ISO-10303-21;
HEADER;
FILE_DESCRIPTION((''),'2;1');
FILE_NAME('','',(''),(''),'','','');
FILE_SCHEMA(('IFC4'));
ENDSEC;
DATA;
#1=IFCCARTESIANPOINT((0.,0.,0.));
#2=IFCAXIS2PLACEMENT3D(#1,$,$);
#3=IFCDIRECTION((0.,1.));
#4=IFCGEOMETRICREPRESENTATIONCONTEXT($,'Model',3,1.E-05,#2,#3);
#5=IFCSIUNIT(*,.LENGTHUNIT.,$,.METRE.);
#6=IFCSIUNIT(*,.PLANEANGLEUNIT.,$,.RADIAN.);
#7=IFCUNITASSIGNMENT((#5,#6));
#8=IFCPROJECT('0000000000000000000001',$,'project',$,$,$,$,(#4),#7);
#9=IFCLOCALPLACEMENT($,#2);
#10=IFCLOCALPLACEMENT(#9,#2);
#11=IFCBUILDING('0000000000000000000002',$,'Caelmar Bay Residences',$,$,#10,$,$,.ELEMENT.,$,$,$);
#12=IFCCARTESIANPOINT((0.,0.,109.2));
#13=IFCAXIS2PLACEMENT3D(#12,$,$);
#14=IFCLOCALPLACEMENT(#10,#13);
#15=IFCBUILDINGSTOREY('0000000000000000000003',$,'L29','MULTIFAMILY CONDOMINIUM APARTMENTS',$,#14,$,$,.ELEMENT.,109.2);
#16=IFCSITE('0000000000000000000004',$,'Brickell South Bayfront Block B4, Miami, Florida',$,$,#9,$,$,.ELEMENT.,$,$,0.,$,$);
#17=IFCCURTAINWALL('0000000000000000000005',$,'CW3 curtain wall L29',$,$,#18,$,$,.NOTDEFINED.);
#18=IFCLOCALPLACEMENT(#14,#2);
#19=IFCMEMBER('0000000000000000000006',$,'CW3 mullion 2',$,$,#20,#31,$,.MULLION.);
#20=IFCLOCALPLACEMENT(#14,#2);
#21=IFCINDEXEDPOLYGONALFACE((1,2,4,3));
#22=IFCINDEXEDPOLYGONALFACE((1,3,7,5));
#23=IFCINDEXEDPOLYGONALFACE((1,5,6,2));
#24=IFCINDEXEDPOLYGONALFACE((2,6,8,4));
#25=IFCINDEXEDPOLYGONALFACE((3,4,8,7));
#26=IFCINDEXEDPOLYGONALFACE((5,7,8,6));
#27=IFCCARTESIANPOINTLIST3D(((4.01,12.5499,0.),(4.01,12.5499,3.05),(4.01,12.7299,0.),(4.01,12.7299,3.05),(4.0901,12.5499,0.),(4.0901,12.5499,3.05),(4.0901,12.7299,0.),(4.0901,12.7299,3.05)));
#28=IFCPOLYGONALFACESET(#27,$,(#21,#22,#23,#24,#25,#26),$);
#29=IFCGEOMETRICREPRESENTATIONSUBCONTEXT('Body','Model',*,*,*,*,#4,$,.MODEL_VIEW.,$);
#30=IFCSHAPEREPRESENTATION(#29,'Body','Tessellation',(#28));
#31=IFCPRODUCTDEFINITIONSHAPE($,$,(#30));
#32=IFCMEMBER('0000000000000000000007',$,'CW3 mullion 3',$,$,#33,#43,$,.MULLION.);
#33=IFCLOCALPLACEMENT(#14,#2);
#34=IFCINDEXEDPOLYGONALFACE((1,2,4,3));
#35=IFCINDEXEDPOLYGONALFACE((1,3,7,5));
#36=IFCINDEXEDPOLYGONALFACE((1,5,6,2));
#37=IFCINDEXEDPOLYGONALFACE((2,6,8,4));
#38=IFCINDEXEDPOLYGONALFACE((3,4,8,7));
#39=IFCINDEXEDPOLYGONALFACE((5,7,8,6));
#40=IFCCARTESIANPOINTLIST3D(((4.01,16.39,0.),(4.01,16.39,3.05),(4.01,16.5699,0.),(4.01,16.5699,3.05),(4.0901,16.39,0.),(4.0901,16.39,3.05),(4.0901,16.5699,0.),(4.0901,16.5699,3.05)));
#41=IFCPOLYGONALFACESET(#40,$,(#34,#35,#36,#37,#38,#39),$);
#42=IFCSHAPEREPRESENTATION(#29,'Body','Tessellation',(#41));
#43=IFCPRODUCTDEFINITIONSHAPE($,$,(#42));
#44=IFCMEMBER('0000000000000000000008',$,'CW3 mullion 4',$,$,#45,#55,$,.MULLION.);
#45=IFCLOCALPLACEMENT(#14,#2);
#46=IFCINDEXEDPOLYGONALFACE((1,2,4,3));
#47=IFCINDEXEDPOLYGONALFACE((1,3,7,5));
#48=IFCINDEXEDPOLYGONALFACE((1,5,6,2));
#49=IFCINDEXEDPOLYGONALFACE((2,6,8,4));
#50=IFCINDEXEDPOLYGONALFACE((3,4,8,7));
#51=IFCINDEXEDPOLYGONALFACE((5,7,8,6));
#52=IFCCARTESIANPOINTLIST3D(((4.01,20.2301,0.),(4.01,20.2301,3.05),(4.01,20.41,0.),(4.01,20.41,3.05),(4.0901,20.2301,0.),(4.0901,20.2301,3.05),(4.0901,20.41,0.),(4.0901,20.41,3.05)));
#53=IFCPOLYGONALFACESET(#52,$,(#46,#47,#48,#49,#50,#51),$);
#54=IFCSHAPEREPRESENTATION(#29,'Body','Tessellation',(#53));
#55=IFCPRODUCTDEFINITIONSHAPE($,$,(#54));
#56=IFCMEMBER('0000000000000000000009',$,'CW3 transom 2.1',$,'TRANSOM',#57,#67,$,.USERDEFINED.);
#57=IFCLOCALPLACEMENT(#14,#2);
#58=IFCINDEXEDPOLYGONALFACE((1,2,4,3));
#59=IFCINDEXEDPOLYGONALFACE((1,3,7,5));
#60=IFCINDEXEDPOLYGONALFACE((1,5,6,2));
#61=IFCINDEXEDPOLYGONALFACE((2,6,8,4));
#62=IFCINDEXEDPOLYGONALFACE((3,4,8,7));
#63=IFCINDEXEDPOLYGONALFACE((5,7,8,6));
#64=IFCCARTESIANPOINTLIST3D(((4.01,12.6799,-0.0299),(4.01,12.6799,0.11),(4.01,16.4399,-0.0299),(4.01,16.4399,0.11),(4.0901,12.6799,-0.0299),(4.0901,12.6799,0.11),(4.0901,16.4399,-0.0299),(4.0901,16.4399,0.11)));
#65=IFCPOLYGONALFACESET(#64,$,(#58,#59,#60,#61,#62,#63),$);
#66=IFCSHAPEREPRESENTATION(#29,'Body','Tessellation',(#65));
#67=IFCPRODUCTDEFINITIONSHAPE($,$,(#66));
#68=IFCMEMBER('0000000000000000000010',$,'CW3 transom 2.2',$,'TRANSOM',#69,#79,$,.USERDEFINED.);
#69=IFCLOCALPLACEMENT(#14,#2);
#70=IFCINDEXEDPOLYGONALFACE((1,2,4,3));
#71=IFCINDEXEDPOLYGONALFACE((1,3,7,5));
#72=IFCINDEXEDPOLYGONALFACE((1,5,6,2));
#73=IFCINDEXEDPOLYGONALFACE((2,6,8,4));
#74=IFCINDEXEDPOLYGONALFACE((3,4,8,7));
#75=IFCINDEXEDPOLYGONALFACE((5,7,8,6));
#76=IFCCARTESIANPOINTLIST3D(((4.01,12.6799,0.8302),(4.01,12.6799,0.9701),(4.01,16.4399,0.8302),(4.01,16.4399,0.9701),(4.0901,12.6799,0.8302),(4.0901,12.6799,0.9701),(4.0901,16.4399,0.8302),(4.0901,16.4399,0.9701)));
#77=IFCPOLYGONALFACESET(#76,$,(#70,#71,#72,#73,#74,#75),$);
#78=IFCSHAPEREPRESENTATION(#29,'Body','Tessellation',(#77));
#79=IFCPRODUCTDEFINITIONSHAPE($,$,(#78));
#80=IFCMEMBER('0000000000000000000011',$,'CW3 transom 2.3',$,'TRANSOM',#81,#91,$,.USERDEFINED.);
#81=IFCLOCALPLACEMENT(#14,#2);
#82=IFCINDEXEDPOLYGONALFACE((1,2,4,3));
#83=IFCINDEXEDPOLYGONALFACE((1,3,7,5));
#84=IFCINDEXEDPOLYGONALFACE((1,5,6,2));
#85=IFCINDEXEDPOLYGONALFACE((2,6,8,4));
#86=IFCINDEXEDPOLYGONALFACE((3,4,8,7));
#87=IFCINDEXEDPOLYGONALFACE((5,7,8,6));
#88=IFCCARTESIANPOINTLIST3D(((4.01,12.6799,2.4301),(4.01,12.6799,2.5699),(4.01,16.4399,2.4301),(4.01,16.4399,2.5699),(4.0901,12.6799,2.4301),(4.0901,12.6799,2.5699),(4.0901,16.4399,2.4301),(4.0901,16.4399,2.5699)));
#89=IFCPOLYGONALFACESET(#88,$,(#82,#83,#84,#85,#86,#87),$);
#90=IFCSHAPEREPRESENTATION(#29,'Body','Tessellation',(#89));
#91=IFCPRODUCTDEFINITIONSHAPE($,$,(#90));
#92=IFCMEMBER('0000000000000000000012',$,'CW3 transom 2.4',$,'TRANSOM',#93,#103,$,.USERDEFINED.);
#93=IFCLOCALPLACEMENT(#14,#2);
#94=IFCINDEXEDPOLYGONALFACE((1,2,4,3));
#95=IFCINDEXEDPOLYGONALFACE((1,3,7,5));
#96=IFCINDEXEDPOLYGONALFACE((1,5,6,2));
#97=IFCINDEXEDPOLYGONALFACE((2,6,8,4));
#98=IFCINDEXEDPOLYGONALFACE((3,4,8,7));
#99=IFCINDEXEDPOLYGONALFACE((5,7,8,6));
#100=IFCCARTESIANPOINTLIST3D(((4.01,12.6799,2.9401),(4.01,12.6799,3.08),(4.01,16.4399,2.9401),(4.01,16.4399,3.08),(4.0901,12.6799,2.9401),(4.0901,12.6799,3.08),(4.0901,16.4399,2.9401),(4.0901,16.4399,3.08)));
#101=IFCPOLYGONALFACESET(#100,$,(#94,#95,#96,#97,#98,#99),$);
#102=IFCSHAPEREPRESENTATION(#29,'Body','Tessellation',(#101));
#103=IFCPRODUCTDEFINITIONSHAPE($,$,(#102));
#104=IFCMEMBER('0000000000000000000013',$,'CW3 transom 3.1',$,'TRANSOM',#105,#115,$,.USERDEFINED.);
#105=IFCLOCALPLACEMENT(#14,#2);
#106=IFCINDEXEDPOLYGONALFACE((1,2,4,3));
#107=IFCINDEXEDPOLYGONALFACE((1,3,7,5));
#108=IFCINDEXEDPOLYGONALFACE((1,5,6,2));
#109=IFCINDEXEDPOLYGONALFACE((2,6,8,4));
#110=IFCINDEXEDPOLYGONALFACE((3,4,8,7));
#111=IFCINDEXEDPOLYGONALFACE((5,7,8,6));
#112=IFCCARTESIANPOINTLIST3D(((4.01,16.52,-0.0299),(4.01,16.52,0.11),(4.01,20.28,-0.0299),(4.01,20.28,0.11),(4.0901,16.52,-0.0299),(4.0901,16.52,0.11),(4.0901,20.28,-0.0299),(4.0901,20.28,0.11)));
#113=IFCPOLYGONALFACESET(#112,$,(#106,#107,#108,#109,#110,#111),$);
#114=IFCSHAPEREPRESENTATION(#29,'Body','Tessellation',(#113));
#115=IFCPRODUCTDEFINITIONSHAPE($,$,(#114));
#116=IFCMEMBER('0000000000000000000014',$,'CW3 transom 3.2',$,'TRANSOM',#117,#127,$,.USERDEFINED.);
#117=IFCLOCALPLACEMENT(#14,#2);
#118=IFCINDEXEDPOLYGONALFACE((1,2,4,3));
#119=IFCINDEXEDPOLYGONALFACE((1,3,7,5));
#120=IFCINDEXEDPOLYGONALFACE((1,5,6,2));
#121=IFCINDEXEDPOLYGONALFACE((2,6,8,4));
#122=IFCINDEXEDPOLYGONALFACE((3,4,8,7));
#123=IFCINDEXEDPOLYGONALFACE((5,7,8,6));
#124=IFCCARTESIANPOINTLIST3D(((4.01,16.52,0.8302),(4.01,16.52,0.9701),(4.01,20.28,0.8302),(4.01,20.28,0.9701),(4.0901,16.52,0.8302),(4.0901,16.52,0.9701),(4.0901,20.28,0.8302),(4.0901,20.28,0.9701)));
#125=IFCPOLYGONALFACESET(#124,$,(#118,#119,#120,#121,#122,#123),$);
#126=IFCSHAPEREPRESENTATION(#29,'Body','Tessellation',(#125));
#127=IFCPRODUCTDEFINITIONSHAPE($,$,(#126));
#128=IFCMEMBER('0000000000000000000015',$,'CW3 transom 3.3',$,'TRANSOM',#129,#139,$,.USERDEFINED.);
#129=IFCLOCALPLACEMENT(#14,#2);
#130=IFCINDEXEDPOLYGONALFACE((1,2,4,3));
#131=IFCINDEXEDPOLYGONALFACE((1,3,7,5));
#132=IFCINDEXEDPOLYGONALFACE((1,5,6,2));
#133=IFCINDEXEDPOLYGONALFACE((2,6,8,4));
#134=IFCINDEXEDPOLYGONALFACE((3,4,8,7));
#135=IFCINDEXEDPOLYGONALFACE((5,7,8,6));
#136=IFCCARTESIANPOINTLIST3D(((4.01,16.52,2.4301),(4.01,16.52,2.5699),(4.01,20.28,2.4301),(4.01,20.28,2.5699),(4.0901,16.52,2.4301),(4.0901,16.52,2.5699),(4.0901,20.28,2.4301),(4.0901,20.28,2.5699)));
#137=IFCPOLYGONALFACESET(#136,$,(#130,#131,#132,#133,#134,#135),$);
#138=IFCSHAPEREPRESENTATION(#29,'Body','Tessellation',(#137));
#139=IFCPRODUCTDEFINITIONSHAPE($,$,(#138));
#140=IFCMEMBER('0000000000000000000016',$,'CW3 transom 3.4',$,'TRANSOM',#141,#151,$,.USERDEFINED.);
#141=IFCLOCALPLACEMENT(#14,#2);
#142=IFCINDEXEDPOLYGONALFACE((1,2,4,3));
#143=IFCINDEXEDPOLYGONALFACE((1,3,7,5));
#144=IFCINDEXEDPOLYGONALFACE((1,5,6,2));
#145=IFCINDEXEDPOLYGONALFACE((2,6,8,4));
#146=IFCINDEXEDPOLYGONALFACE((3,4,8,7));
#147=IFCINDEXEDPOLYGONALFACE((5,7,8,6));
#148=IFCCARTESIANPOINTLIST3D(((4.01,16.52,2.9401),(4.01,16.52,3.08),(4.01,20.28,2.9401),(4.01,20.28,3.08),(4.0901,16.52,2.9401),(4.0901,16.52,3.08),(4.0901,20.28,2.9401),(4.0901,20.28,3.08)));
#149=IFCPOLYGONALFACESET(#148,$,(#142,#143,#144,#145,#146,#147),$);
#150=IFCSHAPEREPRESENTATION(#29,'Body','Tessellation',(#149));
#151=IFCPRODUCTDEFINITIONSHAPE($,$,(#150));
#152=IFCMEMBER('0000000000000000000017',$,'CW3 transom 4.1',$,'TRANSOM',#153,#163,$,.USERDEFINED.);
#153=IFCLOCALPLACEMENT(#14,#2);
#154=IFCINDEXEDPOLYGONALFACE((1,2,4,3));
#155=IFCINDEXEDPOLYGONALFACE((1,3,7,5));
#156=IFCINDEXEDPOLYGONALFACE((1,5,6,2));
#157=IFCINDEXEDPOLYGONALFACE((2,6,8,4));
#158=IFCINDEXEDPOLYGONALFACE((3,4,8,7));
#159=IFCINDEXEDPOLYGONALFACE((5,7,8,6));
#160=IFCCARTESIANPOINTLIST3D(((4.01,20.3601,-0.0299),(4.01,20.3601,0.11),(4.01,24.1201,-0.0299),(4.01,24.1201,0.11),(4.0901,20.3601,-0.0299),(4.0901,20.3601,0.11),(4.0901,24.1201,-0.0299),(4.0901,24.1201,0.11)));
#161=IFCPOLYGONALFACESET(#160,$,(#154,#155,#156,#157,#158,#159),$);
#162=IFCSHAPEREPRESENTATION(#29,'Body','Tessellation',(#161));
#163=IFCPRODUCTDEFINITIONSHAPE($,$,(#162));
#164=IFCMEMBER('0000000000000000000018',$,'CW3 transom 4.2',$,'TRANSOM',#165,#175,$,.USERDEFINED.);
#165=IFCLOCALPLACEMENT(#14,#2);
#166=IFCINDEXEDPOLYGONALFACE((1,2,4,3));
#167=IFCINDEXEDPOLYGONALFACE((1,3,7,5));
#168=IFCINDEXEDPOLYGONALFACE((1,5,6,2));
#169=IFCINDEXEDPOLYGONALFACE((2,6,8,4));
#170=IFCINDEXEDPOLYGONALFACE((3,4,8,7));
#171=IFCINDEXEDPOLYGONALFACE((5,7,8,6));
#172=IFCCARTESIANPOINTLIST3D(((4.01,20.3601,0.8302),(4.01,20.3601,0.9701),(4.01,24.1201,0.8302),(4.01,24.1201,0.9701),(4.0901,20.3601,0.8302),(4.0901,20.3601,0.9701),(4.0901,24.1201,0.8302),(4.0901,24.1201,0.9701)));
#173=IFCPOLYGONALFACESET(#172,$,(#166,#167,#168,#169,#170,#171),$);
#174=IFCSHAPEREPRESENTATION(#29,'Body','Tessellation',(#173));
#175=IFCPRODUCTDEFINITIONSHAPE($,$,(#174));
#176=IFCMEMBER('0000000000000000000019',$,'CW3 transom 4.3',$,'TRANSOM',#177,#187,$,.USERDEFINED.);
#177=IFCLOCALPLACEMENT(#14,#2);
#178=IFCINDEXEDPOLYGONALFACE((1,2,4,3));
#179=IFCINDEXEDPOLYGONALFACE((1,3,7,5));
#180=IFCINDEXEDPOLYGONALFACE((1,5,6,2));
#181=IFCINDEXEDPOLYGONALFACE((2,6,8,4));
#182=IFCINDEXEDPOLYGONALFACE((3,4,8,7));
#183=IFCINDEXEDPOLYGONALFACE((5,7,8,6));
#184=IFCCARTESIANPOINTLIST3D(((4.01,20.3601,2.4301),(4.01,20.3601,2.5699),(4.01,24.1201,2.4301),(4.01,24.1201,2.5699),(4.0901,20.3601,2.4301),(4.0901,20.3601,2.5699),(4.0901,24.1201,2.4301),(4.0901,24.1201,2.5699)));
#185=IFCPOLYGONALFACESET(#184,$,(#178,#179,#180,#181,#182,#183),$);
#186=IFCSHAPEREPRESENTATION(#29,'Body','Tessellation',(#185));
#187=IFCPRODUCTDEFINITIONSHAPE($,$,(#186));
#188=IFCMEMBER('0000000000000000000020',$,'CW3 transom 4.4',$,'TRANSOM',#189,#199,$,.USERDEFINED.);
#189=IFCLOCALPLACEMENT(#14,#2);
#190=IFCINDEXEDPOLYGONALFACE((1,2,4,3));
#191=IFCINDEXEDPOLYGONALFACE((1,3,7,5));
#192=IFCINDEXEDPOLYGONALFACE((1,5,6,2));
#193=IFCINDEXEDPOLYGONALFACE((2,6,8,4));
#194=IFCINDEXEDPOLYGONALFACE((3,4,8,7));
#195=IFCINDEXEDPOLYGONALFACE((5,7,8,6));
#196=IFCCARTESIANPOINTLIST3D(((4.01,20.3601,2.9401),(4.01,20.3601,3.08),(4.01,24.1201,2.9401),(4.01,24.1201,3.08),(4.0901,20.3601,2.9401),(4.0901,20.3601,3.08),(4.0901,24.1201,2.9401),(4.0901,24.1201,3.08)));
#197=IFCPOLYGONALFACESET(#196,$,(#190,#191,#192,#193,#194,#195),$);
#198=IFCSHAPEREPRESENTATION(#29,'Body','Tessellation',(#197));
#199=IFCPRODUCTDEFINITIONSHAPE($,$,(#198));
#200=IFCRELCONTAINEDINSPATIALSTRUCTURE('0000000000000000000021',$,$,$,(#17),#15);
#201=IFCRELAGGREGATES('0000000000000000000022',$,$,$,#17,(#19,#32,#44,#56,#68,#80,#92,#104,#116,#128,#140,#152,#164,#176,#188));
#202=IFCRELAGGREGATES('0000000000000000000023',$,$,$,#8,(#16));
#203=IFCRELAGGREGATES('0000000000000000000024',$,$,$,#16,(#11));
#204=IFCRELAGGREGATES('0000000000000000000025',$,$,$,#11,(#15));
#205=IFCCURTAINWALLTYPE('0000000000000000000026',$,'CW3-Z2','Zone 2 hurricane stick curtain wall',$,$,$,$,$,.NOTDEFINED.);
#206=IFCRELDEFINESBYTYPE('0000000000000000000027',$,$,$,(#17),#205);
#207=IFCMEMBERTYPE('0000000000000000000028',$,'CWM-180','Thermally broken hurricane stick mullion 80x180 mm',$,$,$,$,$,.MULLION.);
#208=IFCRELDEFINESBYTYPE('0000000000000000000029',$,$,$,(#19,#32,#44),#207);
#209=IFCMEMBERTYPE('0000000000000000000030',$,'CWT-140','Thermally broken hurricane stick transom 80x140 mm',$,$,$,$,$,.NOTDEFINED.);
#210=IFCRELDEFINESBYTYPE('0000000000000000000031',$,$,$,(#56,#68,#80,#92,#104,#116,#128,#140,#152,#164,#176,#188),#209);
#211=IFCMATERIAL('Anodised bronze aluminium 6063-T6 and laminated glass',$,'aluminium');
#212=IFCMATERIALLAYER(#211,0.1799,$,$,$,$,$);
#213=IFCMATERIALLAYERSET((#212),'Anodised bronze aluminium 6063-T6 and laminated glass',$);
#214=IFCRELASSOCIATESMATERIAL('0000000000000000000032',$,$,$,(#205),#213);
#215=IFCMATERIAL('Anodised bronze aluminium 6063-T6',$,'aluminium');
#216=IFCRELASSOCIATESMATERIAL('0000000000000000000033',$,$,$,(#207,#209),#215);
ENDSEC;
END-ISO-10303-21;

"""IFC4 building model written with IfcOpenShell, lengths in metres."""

from ifc_helpers import new_model, si_unit, direction, frame, origin, origin_2d, place, context, subcontext, project, spatial, rectangle, extrude, material, layer, layer_set, material_profile, profile_set, type_object, element, aggregate, save


model = new_model("IFC4")

# Units and contexts
model_context = context("Model", 3, precision=1e-05, world=origin(), true_north=direction((0.0, 1.0)))
body_context = subcontext(model_context, "Body", "Model", "MODEL_VIEW")
ifc_project = project(units=[si_unit("LENGTHUNIT", "METRE"), si_unit("PLANEANGLEUNIT", "RADIAN")], contexts=[model_context])

# Site, building, storey
site_placement = place(None, origin())
site = spatial("IfcSite", under=ifc_project, at=site_placement, Name="Brickell South Bayfront Block B4, Miami, Florida", CompositionType="ELEMENT", RefElevation=0.0)
building_placement = place(site_placement, origin())
building = spatial("IfcBuilding", under=site, at=building_placement, Name="Caelmar Bay Residences", CompositionType="ELEMENT")
storey_placement = place(building_placement, frame((0.0, 0.0, 109.2)))
storey = spatial("IfcBuildingStorey", under=building, at=storey_placement, Name="L29", Description="MULTIFAMILY CONDOMINIUM APARTMENTS", CompositionType="ELEMENT", Elevation=109.2)

# Curtain wall, members
ifc_material_1 = material(Name="Anodised bronze aluminium 6063-T6 and laminated glass", Category="aluminium")
ifc_layer_1 = layer(ifc_material_1, 0.1799)
ifc_layer_set_1 = layer_set([ifc_layer_1], Name="Anodised bronze aluminium 6063-T6 and laminated glass")
curtain_wall_type = type_object("IfcCurtainWallType", Name="CW3-Z2", Description="Zone 2 hurricane stick curtain wall", PredefinedType="NOTDEFINED", material=ifc_layer_set_1)
curtain_wall_placement = place(storey_placement, origin())
curtain_wall = element("IfcCurtainWall", 1, at=curtain_wall_placement, inside=storey, type_object=curtain_wall_type, Name="CW3 curtain wall L29", PredefinedType="NOTDEFINED")
ifc_material_2 = material(Name="Anodised bronze aluminium 6063-T6", Category="aluminium")
ifc_material_profile_1 = material_profile(ifc_material_2, rectangle(XDim=0.0801, YDim=0.1799, at=origin_2d()), Name="CWM-80X180")
ifc_profile_set_1 = profile_set([ifc_material_profile_1], Name="Anodised bronze aluminium 6063-T6")
member_type_1 = type_object("IfcMemberType", Name="CWM-180", Description="Thermally broken hurricane stick mullion 80x180 mm", PredefinedType="MULLION", material=ifc_profile_set_1)
member_1_placement = place(storey_placement, frame((4.05, 12.6399, 0.0), z_axis=(0.0, 0.0, 1.0), x_axis=(-1.0, 0.0, 0.0)))
member_1 = element("IfcMember", 2, at=member_1_placement, type_object=member_type_1, Name="CW3 mullion 2", PredefinedType="MULLION", context=body_context, shape_type="SweptSolid", body=[
    extrude(rectangle(XDim=0.0801, YDim=0.1799, at=origin_2d()), origin(), (0.0, 0.0, 1.0), 3.05),
])
member_2_placement = place(storey_placement, frame((4.05, 16.48, 0.0), z_axis=(0.0, 0.0, 1.0), x_axis=(-1.0, 0.0, 0.0)))
member_2 = element("IfcMember", 3, at=member_2_placement, type_object=member_type_1, Name="CW3 mullion 3", PredefinedType="MULLION", context=body_context, shape_type="SweptSolid", body=[
    extrude(rectangle(XDim=0.0801, YDim=0.1799, at=origin_2d()), origin(), (0.0, 0.0, 1.0), 3.05),
])
member_3_placement = place(storey_placement, frame((4.05, 20.3201, 0.0), z_axis=(0.0, 0.0, 1.0), x_axis=(-1.0, 0.0, 0.0)))
member_3 = element("IfcMember", 4, at=member_3_placement, type_object=member_type_1, Name="CW3 mullion 4", PredefinedType="MULLION", context=body_context, shape_type="SweptSolid", body=[
    extrude(rectangle(XDim=0.0801, YDim=0.1799, at=origin_2d()), origin(), (0.0, 0.0, 1.0), 3.05),
])
ifc_material_profile_2 = material_profile(ifc_material_2, rectangle(XDim=0.0801, YDim=0.1399, at=origin_2d()), Name="CWT-80X140")
ifc_profile_set_2 = profile_set([ifc_material_profile_2], Name="Anodised bronze aluminium 6063-T6")
member_type_2 = type_object("IfcMemberType", Name="CWT-140", Description="Thermally broken hurricane stick transom 80x140 mm", PredefinedType="NOTDEFINED", material=ifc_profile_set_2)
member_4_placement = place(storey_placement, frame((4.05, 12.6799, 0.04), z_axis=(0.0, 1.0, 0.0), x_axis=(-1.0, 0.0, 0.0)))
member_4 = element("IfcMember", 5, at=member_4_placement, type_object=member_type_2, Name="CW3 transom 2.1", ObjectType="TRANSOM", PredefinedType="USERDEFINED", context=body_context, shape_type="SweptSolid", body=[
    extrude(rectangle(XDim=0.0801, YDim=0.1399, at=origin_2d()), origin(), (0.0, 0.0, 1.0), 3.76),
])
member_5_placement = place(storey_placement, frame((4.05, 12.6799, 0.9001), z_axis=(0.0, 1.0, 0.0), x_axis=(-1.0, 0.0, 0.0)))
member_5 = element("IfcMember", 6, at=member_5_placement, type_object=member_type_2, Name="CW3 transom 2.2", ObjectType="TRANSOM", PredefinedType="USERDEFINED", context=body_context, shape_type="SweptSolid", body=[
    extrude(rectangle(XDim=0.0801, YDim=0.1399, at=origin_2d()), origin(), (0.0, 0.0, 1.0), 3.76),
])
member_6_placement = place(storey_placement, frame((4.05, 12.6799, 2.5), z_axis=(0.0, 1.0, 0.0), x_axis=(-1.0, 0.0, 0.0)))
member_6 = element("IfcMember", 7, at=member_6_placement, type_object=member_type_2, Name="CW3 transom 2.3", ObjectType="TRANSOM", PredefinedType="USERDEFINED", context=body_context, shape_type="SweptSolid", body=[
    extrude(rectangle(XDim=0.0801, YDim=0.1399, at=origin_2d()), origin(), (0.0, 0.0, 1.0), 3.76),
])
member_7_placement = place(storey_placement, frame((4.05, 12.6799, 3.01), z_axis=(0.0, 1.0, 0.0), x_axis=(-1.0, 0.0, 0.0)))
member_7 = element("IfcMember", 8, at=member_7_placement, type_object=member_type_2, Name="CW3 transom 2.4", ObjectType="TRANSOM", PredefinedType="USERDEFINED", context=body_context, shape_type="SweptSolid", body=[
    extrude(rectangle(XDim=0.0801, YDim=0.1399, at=origin_2d()), origin(), (0.0, 0.0, 1.0), 3.76),
])
member_8_placement = place(storey_placement, frame((4.05, 16.52, 0.04), z_axis=(0.0, 1.0, 0.0), x_axis=(-1.0, 0.0, 0.0)))
member_8 = element("IfcMember", 9, at=member_8_placement, type_object=member_type_2, Name="CW3 transom 3.1", ObjectType="TRANSOM", PredefinedType="USERDEFINED", context=body_context, shape_type="SweptSolid", body=[
    extrude(rectangle(XDim=0.0801, YDim=0.1399, at=origin_2d()), origin(), (0.0, 0.0, 1.0), 3.76),
])
member_9_placement = place(storey_placement, frame((4.05, 16.52, 0.9001), z_axis=(0.0, 1.0, 0.0), x_axis=(-1.0, 0.0, 0.0)))
member_9 = element("IfcMember", 10, at=member_9_placement, type_object=member_type_2, Name="CW3 transom 3.2", ObjectType="TRANSOM", PredefinedType="USERDEFINED", context=body_context, shape_type="SweptSolid", body=[
    extrude(rectangle(XDim=0.0801, YDim=0.1399, at=origin_2d()), origin(), (0.0, 0.0, 1.0), 3.76),
])
member_10_placement = place(storey_placement, frame((4.05, 16.52, 2.5), z_axis=(0.0, 1.0, 0.0), x_axis=(-1.0, 0.0, 0.0)))
member_10 = element("IfcMember", 11, at=member_10_placement, type_object=member_type_2, Name="CW3 transom 3.3", ObjectType="TRANSOM", PredefinedType="USERDEFINED", context=body_context, shape_type="SweptSolid", body=[
    extrude(rectangle(XDim=0.0801, YDim=0.1399, at=origin_2d()), origin(), (0.0, 0.0, 1.0), 3.76),
])
member_11_placement = place(storey_placement, frame((4.05, 16.52, 3.01), z_axis=(0.0, 1.0, 0.0), x_axis=(-1.0, 0.0, 0.0)))
member_11 = element("IfcMember", 12, at=member_11_placement, type_object=member_type_2, Name="CW3 transom 3.4", ObjectType="TRANSOM", PredefinedType="USERDEFINED", context=body_context, shape_type="SweptSolid", body=[
    extrude(rectangle(XDim=0.0801, YDim=0.1399, at=origin_2d()), origin(), (0.0, 0.0, 1.0), 3.76),
])
member_12_placement = place(storey_placement, frame((4.05, 20.3601, 0.04), z_axis=(0.0, 1.0, 0.0), x_axis=(-1.0, 0.0, 0.0)))
member_12 = element("IfcMember", 13, at=member_12_placement, type_object=member_type_2, Name="CW3 transom 4.1", ObjectType="TRANSOM", PredefinedType="USERDEFINED", context=body_context, shape_type="SweptSolid", body=[
    extrude(rectangle(XDim=0.0801, YDim=0.1399, at=origin_2d()), origin(), (0.0, 0.0, 1.0), 3.76),
])
member_13_placement = place(storey_placement, frame((4.05, 20.3601, 0.9001), z_axis=(0.0, 1.0, 0.0), x_axis=(-1.0, 0.0, 0.0)))
member_13 = element("IfcMember", 14, at=member_13_placement, type_object=member_type_2, Name="CW3 transom 4.2", ObjectType="TRANSOM", PredefinedType="USERDEFINED", context=body_context, shape_type="SweptSolid", body=[
    extrude(rectangle(XDim=0.0801, YDim=0.1399, at=origin_2d()), origin(), (0.0, 0.0, 1.0), 3.76),
])
member_14_placement = place(storey_placement, frame((4.05, 20.3601, 2.5), z_axis=(0.0, 1.0, 0.0), x_axis=(-1.0, 0.0, 0.0)))
member_14 = element("IfcMember", 15, at=member_14_placement, type_object=member_type_2, Name="CW3 transom 4.3", ObjectType="TRANSOM", PredefinedType="USERDEFINED", context=body_context, shape_type="SweptSolid", body=[
    extrude(rectangle(XDim=0.0801, YDim=0.1399, at=origin_2d()), origin(), (0.0, 0.0, 1.0), 3.76),
])
member_15_placement = place(storey_placement, frame((4.05, 20.3601, 3.01), z_axis=(0.0, 1.0, 0.0), x_axis=(-1.0, 0.0, 0.0)))
member_15 = element("IfcMember", 16, at=member_15_placement, type_object=member_type_2, Name="CW3 transom 4.4", ObjectType="TRANSOM", PredefinedType="USERDEFINED", context=body_context, shape_type="SweptSolid", body=[
    extrude(rectangle(XDim=0.0801, YDim=0.1399, at=origin_2d()), origin(), (0.0, 0.0, 1.0), 3.76),
])
aggregate(curtain_wall, [member_1, member_2, member_3, member_4, member_5, member_6, member_7, member_8, member_9, member_10, member_11, member_12, member_13, member_14, member_15])

save(model, "model.ifc")
